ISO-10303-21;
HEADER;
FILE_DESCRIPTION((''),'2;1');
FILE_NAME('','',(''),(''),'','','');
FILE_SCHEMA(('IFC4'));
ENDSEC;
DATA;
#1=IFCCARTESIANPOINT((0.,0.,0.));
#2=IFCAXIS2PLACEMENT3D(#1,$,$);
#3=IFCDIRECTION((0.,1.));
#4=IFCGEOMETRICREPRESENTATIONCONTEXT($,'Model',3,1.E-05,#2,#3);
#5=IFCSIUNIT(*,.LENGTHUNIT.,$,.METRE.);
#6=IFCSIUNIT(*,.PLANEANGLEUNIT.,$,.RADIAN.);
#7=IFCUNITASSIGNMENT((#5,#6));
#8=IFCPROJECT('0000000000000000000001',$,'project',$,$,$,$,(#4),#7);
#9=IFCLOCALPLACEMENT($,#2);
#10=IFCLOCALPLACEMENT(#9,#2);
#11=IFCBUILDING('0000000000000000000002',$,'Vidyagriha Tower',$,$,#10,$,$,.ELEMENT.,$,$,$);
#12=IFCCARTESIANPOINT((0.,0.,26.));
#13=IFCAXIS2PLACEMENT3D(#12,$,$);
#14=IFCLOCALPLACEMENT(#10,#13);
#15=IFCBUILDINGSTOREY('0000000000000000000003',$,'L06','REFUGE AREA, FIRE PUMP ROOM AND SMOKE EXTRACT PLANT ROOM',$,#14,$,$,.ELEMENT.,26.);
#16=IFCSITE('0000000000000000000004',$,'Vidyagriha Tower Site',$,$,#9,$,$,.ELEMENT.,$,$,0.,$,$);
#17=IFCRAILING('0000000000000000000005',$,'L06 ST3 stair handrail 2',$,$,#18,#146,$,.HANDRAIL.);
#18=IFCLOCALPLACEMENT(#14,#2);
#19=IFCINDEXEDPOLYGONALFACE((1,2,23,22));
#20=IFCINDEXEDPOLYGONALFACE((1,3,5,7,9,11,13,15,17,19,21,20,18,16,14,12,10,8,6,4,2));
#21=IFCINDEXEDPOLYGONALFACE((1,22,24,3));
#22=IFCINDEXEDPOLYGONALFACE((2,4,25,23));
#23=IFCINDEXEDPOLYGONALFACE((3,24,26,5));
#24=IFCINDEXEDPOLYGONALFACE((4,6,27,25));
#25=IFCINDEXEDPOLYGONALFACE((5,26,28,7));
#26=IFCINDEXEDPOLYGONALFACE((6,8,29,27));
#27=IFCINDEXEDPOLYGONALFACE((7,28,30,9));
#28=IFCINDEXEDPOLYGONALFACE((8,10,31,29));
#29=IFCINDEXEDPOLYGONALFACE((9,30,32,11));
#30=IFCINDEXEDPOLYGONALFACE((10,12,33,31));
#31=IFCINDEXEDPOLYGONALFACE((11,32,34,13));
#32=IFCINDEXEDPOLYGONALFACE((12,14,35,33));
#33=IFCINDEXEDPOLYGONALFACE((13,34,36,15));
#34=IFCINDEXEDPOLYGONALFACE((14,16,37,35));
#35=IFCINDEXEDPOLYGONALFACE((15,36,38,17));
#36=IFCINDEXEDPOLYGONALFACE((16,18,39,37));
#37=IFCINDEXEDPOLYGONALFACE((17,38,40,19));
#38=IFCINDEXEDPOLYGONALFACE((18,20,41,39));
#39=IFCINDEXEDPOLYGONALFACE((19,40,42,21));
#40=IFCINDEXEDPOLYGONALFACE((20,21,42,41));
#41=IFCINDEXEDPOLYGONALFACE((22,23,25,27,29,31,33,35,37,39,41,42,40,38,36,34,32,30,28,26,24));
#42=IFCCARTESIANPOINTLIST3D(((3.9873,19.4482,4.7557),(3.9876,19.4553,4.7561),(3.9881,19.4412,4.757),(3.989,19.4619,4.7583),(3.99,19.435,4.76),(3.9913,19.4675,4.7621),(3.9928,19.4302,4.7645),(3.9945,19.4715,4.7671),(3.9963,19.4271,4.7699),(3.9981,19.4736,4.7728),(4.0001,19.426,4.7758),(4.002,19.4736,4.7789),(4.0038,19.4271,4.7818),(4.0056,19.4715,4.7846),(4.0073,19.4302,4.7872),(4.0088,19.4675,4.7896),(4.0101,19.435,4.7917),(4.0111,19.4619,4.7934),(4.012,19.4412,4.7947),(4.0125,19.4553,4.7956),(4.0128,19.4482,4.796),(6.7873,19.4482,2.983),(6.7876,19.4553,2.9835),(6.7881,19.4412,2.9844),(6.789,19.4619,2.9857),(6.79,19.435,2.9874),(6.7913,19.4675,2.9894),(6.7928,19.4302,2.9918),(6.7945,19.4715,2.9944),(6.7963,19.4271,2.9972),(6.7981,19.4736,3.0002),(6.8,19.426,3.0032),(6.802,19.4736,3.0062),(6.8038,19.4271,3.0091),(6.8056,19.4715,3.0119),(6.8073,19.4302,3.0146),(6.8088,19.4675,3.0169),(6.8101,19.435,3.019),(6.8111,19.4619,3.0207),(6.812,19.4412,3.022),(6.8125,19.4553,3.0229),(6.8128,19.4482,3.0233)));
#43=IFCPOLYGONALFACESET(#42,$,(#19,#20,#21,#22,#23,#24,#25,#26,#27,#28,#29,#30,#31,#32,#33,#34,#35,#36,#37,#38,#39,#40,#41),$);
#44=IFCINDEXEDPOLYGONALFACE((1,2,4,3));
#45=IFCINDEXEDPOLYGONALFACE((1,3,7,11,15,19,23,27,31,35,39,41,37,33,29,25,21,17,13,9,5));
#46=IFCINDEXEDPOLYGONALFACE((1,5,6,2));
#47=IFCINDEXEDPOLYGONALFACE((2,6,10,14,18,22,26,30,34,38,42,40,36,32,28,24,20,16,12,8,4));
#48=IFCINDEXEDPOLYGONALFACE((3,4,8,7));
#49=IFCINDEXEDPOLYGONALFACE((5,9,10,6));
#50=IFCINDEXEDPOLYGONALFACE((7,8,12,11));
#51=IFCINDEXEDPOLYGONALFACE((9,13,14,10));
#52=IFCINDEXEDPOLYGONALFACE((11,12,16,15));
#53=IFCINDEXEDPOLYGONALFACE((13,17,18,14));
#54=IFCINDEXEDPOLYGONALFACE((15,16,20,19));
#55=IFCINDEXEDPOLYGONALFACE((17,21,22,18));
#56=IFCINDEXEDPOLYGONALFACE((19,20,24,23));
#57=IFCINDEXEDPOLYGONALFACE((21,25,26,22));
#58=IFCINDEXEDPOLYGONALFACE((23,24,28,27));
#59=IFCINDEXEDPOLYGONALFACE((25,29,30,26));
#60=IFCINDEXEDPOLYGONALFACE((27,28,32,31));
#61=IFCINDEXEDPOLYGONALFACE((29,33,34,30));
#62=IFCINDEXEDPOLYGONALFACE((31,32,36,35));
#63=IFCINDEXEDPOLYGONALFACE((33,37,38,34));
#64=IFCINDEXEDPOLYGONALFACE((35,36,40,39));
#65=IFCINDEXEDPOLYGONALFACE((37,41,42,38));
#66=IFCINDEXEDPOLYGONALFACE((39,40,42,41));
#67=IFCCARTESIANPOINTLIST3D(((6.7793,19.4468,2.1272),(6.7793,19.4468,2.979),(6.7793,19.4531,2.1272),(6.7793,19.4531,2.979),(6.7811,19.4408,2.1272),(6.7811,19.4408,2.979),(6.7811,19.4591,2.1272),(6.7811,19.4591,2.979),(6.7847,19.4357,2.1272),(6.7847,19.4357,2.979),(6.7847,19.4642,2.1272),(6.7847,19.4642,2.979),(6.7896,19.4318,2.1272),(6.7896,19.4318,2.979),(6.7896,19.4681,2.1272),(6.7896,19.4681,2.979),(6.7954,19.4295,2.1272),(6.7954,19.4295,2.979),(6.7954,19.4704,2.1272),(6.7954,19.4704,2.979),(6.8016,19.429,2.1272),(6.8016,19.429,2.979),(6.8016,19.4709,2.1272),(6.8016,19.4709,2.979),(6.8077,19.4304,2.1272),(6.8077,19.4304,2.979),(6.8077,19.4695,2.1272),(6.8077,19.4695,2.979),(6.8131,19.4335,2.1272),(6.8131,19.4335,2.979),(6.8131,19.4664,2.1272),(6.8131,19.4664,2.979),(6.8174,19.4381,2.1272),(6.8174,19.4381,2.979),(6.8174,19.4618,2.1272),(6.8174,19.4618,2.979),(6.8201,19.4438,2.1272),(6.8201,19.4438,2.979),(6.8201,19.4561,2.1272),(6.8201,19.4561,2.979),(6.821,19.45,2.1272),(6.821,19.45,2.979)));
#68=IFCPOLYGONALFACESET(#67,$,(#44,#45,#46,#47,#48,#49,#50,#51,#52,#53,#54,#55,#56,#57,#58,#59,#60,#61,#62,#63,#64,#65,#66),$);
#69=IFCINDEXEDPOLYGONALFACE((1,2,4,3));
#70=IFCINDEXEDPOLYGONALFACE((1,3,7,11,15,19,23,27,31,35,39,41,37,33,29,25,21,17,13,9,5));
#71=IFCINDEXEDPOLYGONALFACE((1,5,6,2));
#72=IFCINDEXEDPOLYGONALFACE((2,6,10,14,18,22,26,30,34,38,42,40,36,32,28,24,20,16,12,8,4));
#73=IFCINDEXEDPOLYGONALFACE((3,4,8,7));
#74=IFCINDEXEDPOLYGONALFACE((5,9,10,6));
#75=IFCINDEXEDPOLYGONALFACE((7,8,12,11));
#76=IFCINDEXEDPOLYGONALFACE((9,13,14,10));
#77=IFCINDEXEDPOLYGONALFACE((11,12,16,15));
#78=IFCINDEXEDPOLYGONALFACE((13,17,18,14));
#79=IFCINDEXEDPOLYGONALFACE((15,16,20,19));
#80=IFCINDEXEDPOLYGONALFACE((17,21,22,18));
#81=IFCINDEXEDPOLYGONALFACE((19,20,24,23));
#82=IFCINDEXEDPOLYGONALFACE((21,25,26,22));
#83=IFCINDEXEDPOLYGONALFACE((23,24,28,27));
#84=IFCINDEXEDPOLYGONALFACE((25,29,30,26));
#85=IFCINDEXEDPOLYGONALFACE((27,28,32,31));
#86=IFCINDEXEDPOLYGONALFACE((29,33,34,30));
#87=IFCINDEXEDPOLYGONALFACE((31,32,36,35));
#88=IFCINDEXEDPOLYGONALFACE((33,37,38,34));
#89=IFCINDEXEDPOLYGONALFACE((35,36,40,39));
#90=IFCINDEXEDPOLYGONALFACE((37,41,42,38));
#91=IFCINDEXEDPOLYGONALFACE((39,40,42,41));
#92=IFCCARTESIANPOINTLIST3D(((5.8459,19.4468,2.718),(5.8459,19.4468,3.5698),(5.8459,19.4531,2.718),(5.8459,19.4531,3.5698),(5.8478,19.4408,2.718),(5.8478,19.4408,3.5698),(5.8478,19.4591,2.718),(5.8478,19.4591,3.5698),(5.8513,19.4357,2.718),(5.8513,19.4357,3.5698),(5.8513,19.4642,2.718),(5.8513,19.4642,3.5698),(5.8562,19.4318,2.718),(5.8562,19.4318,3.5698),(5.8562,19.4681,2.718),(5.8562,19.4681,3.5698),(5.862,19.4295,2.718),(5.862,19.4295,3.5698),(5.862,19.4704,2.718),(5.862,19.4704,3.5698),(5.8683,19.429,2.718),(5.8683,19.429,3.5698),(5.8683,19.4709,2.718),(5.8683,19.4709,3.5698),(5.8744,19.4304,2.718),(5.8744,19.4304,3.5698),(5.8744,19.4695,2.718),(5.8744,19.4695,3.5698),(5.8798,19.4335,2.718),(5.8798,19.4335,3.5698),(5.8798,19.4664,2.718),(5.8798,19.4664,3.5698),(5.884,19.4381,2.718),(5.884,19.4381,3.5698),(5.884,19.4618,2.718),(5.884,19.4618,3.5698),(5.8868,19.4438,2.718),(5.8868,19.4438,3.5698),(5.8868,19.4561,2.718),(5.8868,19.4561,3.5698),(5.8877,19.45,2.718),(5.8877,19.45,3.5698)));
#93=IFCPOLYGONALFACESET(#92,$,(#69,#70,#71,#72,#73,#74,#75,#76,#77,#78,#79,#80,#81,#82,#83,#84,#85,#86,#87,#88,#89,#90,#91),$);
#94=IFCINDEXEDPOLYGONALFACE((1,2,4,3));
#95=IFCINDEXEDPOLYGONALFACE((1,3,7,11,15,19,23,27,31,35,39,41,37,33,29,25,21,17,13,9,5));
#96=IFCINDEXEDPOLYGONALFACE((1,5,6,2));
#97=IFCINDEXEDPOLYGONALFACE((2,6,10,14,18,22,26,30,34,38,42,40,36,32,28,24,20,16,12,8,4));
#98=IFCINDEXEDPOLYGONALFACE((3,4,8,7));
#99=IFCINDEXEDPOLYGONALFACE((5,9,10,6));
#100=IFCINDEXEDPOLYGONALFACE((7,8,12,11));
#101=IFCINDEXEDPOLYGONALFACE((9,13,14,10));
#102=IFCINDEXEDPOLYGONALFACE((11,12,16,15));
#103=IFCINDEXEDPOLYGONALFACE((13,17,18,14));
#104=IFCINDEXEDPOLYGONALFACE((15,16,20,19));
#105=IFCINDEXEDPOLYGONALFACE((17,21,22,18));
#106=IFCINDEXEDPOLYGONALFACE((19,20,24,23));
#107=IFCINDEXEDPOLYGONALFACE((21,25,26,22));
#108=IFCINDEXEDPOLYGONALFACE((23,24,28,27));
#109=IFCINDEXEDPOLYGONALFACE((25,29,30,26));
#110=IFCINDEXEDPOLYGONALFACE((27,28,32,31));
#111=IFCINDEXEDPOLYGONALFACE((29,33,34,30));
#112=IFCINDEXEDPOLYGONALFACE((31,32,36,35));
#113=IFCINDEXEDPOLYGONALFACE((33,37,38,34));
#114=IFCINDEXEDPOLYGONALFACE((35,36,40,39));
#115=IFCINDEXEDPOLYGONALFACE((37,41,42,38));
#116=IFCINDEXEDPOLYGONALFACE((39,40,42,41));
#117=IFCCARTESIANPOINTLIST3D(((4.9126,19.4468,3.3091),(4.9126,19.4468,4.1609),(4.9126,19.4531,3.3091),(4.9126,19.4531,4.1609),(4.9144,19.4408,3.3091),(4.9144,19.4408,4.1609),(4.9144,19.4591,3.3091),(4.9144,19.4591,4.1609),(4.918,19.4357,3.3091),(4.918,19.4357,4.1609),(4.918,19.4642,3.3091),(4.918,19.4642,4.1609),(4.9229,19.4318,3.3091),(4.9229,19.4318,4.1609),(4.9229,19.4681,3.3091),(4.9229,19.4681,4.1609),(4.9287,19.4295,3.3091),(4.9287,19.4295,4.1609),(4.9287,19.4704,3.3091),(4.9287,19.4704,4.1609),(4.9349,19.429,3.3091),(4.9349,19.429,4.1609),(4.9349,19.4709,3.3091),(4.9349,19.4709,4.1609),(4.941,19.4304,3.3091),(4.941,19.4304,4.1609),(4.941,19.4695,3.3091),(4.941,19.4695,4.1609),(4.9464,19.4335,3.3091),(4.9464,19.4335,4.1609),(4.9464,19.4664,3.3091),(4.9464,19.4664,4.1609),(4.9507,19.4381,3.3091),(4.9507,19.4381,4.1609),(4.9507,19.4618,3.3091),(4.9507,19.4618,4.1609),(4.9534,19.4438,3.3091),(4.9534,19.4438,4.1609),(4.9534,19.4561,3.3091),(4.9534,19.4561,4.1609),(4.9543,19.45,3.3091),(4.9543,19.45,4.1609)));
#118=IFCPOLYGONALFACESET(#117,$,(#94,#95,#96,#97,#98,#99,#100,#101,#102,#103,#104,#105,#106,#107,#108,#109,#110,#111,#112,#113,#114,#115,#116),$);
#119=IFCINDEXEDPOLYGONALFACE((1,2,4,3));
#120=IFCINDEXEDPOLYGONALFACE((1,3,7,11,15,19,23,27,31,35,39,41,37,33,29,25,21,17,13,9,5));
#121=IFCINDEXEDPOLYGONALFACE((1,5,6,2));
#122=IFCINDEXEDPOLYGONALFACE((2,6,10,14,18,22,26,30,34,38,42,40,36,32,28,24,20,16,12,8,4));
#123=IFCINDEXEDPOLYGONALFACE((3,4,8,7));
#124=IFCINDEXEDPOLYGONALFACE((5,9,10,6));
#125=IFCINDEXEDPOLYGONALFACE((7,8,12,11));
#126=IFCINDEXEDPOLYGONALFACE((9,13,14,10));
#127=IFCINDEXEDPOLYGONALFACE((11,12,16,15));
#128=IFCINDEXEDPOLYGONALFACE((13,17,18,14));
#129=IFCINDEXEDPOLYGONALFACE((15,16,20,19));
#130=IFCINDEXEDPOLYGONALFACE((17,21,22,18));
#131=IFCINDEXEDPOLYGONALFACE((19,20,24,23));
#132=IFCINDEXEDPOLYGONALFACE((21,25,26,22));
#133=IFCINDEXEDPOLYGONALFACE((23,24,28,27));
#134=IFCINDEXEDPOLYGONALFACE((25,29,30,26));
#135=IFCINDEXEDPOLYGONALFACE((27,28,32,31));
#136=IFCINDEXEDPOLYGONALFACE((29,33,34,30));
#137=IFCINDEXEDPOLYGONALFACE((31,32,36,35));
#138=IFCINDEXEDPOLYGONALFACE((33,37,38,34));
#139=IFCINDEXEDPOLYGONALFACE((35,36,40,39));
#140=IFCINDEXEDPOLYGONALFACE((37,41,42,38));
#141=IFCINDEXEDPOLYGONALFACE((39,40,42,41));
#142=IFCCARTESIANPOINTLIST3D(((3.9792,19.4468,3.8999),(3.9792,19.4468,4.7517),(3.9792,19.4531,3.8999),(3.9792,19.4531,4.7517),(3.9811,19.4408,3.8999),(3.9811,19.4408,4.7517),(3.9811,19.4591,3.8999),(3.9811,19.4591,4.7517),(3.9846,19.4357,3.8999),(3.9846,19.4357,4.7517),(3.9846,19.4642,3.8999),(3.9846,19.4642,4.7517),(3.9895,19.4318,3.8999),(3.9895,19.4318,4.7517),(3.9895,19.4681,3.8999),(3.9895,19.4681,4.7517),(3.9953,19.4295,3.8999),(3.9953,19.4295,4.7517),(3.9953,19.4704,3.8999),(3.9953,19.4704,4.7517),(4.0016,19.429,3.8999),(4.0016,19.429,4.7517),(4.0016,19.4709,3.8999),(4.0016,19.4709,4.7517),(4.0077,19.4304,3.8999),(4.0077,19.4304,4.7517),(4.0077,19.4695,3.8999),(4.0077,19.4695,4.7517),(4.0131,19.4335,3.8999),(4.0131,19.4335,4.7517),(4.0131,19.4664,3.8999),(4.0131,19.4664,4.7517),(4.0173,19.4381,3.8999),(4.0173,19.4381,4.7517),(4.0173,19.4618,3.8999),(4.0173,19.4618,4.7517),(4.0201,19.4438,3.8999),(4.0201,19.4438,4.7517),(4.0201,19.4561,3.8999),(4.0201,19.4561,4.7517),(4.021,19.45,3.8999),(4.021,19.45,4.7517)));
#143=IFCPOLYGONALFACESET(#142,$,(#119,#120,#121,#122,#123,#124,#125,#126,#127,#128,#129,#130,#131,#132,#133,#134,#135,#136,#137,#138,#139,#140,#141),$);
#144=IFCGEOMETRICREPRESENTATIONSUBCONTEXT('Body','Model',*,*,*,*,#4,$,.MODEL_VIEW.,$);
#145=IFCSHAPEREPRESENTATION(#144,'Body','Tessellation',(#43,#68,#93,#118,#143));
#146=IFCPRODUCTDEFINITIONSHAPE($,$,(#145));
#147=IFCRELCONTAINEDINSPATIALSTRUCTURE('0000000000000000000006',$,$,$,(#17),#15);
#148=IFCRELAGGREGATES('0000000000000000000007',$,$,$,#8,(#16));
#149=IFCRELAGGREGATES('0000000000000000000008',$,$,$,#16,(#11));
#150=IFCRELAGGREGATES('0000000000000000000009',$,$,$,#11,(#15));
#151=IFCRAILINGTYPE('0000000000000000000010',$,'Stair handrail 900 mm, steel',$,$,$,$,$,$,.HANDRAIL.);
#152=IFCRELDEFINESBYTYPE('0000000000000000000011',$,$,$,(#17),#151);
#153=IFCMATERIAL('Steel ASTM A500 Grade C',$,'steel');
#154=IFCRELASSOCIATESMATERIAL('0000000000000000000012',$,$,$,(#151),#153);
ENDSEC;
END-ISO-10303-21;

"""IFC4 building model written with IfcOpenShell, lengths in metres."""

from ifc_helpers import new_model, si_unit, direction, frame, origin, origin_2d, place, context, subcontext, project, spatial, circle, extrude, material, type_object, element, save


model = new_model("IFC4")

# Units and contexts
model_context = context("Model", 3, precision=1e-05, world=origin(), true_north=direction((0.0, 1.0)))
body_context = subcontext(model_context, "Body", "Model", "MODEL_VIEW")
ifc_project = project(units=[si_unit("LENGTHUNIT", "METRE"), si_unit("PLANEANGLEUNIT", "RADIAN")], contexts=[model_context])

# Site, building, storey
site_placement = place(None, origin())
site = spatial("IfcSite", under=ifc_project, at=site_placement, Name="Vidyagriha Tower Site", CompositionType="ELEMENT", RefElevation=0.0)
building_placement = place(site_placement, origin())
building = spatial("IfcBuilding", under=site, at=building_placement, Name="Vidyagriha Tower", CompositionType="ELEMENT")
storey_placement = place(building_placement, frame((0.0, 0.0, 26.0)))
storey = spatial("IfcBuildingStorey", under=building, at=storey_placement, Name="L06", Description="REFUGE AREA, FIRE PUMP ROOM AND SMOKE EXTRACT PLANT ROOM", CompositionType="ELEMENT", Elevation=26.0)

# Railing
ifc_material_1 = material(Name="Steel ASTM A500 Grade C", Category="steel")
railing_type_1 = type_object("IfcRailingType", Name="Stair handrail 900 mm, steel", PredefinedType="HANDRAIL", material=ifc_material_1)
railing_1_placement = place(storey_placement, frame((6.8, 19.45, 2.1272)))
element("IfcRailing", 1, at=railing_1_placement, inside=storey, type_object=railing_type_1, Name="L06 ST3 stair handrail 2", PredefinedType="HANDRAIL", context=body_context, shape_type="SweptSolid", body=[
    extrude(circle(Radius=0.0239, at=origin_2d()), frame((0.0, 0.0, 0.876), z_axis=(-0.844909, 0.0, 0.53491), x_axis=(0.0, -1.0, 0.0)), (0.0, 0.0, 1.0), 3.314),
    extrude(circle(Radius=0.021, at=origin_2d()), origin(), (0.0, 0.0, 1.0), 0.8518),
    extrude(circle(Radius=0.021, at=origin_2d()), frame((-0.9333, 0.0, 0.5908)), (0.0, 0.0, 1.0), 0.8518),
    extrude(circle(Radius=0.021, at=origin_2d()), frame((-1.8667, 0.0, 1.1819)), (0.0, 0.0, 1.0), 0.8518),
    extrude(circle(Radius=0.021, at=origin_2d()), frame((-2.8, 0.0, 1.7727)), (0.0, 0.0, 1.0), 0.8518),
])

save(model, "model.ifc")
